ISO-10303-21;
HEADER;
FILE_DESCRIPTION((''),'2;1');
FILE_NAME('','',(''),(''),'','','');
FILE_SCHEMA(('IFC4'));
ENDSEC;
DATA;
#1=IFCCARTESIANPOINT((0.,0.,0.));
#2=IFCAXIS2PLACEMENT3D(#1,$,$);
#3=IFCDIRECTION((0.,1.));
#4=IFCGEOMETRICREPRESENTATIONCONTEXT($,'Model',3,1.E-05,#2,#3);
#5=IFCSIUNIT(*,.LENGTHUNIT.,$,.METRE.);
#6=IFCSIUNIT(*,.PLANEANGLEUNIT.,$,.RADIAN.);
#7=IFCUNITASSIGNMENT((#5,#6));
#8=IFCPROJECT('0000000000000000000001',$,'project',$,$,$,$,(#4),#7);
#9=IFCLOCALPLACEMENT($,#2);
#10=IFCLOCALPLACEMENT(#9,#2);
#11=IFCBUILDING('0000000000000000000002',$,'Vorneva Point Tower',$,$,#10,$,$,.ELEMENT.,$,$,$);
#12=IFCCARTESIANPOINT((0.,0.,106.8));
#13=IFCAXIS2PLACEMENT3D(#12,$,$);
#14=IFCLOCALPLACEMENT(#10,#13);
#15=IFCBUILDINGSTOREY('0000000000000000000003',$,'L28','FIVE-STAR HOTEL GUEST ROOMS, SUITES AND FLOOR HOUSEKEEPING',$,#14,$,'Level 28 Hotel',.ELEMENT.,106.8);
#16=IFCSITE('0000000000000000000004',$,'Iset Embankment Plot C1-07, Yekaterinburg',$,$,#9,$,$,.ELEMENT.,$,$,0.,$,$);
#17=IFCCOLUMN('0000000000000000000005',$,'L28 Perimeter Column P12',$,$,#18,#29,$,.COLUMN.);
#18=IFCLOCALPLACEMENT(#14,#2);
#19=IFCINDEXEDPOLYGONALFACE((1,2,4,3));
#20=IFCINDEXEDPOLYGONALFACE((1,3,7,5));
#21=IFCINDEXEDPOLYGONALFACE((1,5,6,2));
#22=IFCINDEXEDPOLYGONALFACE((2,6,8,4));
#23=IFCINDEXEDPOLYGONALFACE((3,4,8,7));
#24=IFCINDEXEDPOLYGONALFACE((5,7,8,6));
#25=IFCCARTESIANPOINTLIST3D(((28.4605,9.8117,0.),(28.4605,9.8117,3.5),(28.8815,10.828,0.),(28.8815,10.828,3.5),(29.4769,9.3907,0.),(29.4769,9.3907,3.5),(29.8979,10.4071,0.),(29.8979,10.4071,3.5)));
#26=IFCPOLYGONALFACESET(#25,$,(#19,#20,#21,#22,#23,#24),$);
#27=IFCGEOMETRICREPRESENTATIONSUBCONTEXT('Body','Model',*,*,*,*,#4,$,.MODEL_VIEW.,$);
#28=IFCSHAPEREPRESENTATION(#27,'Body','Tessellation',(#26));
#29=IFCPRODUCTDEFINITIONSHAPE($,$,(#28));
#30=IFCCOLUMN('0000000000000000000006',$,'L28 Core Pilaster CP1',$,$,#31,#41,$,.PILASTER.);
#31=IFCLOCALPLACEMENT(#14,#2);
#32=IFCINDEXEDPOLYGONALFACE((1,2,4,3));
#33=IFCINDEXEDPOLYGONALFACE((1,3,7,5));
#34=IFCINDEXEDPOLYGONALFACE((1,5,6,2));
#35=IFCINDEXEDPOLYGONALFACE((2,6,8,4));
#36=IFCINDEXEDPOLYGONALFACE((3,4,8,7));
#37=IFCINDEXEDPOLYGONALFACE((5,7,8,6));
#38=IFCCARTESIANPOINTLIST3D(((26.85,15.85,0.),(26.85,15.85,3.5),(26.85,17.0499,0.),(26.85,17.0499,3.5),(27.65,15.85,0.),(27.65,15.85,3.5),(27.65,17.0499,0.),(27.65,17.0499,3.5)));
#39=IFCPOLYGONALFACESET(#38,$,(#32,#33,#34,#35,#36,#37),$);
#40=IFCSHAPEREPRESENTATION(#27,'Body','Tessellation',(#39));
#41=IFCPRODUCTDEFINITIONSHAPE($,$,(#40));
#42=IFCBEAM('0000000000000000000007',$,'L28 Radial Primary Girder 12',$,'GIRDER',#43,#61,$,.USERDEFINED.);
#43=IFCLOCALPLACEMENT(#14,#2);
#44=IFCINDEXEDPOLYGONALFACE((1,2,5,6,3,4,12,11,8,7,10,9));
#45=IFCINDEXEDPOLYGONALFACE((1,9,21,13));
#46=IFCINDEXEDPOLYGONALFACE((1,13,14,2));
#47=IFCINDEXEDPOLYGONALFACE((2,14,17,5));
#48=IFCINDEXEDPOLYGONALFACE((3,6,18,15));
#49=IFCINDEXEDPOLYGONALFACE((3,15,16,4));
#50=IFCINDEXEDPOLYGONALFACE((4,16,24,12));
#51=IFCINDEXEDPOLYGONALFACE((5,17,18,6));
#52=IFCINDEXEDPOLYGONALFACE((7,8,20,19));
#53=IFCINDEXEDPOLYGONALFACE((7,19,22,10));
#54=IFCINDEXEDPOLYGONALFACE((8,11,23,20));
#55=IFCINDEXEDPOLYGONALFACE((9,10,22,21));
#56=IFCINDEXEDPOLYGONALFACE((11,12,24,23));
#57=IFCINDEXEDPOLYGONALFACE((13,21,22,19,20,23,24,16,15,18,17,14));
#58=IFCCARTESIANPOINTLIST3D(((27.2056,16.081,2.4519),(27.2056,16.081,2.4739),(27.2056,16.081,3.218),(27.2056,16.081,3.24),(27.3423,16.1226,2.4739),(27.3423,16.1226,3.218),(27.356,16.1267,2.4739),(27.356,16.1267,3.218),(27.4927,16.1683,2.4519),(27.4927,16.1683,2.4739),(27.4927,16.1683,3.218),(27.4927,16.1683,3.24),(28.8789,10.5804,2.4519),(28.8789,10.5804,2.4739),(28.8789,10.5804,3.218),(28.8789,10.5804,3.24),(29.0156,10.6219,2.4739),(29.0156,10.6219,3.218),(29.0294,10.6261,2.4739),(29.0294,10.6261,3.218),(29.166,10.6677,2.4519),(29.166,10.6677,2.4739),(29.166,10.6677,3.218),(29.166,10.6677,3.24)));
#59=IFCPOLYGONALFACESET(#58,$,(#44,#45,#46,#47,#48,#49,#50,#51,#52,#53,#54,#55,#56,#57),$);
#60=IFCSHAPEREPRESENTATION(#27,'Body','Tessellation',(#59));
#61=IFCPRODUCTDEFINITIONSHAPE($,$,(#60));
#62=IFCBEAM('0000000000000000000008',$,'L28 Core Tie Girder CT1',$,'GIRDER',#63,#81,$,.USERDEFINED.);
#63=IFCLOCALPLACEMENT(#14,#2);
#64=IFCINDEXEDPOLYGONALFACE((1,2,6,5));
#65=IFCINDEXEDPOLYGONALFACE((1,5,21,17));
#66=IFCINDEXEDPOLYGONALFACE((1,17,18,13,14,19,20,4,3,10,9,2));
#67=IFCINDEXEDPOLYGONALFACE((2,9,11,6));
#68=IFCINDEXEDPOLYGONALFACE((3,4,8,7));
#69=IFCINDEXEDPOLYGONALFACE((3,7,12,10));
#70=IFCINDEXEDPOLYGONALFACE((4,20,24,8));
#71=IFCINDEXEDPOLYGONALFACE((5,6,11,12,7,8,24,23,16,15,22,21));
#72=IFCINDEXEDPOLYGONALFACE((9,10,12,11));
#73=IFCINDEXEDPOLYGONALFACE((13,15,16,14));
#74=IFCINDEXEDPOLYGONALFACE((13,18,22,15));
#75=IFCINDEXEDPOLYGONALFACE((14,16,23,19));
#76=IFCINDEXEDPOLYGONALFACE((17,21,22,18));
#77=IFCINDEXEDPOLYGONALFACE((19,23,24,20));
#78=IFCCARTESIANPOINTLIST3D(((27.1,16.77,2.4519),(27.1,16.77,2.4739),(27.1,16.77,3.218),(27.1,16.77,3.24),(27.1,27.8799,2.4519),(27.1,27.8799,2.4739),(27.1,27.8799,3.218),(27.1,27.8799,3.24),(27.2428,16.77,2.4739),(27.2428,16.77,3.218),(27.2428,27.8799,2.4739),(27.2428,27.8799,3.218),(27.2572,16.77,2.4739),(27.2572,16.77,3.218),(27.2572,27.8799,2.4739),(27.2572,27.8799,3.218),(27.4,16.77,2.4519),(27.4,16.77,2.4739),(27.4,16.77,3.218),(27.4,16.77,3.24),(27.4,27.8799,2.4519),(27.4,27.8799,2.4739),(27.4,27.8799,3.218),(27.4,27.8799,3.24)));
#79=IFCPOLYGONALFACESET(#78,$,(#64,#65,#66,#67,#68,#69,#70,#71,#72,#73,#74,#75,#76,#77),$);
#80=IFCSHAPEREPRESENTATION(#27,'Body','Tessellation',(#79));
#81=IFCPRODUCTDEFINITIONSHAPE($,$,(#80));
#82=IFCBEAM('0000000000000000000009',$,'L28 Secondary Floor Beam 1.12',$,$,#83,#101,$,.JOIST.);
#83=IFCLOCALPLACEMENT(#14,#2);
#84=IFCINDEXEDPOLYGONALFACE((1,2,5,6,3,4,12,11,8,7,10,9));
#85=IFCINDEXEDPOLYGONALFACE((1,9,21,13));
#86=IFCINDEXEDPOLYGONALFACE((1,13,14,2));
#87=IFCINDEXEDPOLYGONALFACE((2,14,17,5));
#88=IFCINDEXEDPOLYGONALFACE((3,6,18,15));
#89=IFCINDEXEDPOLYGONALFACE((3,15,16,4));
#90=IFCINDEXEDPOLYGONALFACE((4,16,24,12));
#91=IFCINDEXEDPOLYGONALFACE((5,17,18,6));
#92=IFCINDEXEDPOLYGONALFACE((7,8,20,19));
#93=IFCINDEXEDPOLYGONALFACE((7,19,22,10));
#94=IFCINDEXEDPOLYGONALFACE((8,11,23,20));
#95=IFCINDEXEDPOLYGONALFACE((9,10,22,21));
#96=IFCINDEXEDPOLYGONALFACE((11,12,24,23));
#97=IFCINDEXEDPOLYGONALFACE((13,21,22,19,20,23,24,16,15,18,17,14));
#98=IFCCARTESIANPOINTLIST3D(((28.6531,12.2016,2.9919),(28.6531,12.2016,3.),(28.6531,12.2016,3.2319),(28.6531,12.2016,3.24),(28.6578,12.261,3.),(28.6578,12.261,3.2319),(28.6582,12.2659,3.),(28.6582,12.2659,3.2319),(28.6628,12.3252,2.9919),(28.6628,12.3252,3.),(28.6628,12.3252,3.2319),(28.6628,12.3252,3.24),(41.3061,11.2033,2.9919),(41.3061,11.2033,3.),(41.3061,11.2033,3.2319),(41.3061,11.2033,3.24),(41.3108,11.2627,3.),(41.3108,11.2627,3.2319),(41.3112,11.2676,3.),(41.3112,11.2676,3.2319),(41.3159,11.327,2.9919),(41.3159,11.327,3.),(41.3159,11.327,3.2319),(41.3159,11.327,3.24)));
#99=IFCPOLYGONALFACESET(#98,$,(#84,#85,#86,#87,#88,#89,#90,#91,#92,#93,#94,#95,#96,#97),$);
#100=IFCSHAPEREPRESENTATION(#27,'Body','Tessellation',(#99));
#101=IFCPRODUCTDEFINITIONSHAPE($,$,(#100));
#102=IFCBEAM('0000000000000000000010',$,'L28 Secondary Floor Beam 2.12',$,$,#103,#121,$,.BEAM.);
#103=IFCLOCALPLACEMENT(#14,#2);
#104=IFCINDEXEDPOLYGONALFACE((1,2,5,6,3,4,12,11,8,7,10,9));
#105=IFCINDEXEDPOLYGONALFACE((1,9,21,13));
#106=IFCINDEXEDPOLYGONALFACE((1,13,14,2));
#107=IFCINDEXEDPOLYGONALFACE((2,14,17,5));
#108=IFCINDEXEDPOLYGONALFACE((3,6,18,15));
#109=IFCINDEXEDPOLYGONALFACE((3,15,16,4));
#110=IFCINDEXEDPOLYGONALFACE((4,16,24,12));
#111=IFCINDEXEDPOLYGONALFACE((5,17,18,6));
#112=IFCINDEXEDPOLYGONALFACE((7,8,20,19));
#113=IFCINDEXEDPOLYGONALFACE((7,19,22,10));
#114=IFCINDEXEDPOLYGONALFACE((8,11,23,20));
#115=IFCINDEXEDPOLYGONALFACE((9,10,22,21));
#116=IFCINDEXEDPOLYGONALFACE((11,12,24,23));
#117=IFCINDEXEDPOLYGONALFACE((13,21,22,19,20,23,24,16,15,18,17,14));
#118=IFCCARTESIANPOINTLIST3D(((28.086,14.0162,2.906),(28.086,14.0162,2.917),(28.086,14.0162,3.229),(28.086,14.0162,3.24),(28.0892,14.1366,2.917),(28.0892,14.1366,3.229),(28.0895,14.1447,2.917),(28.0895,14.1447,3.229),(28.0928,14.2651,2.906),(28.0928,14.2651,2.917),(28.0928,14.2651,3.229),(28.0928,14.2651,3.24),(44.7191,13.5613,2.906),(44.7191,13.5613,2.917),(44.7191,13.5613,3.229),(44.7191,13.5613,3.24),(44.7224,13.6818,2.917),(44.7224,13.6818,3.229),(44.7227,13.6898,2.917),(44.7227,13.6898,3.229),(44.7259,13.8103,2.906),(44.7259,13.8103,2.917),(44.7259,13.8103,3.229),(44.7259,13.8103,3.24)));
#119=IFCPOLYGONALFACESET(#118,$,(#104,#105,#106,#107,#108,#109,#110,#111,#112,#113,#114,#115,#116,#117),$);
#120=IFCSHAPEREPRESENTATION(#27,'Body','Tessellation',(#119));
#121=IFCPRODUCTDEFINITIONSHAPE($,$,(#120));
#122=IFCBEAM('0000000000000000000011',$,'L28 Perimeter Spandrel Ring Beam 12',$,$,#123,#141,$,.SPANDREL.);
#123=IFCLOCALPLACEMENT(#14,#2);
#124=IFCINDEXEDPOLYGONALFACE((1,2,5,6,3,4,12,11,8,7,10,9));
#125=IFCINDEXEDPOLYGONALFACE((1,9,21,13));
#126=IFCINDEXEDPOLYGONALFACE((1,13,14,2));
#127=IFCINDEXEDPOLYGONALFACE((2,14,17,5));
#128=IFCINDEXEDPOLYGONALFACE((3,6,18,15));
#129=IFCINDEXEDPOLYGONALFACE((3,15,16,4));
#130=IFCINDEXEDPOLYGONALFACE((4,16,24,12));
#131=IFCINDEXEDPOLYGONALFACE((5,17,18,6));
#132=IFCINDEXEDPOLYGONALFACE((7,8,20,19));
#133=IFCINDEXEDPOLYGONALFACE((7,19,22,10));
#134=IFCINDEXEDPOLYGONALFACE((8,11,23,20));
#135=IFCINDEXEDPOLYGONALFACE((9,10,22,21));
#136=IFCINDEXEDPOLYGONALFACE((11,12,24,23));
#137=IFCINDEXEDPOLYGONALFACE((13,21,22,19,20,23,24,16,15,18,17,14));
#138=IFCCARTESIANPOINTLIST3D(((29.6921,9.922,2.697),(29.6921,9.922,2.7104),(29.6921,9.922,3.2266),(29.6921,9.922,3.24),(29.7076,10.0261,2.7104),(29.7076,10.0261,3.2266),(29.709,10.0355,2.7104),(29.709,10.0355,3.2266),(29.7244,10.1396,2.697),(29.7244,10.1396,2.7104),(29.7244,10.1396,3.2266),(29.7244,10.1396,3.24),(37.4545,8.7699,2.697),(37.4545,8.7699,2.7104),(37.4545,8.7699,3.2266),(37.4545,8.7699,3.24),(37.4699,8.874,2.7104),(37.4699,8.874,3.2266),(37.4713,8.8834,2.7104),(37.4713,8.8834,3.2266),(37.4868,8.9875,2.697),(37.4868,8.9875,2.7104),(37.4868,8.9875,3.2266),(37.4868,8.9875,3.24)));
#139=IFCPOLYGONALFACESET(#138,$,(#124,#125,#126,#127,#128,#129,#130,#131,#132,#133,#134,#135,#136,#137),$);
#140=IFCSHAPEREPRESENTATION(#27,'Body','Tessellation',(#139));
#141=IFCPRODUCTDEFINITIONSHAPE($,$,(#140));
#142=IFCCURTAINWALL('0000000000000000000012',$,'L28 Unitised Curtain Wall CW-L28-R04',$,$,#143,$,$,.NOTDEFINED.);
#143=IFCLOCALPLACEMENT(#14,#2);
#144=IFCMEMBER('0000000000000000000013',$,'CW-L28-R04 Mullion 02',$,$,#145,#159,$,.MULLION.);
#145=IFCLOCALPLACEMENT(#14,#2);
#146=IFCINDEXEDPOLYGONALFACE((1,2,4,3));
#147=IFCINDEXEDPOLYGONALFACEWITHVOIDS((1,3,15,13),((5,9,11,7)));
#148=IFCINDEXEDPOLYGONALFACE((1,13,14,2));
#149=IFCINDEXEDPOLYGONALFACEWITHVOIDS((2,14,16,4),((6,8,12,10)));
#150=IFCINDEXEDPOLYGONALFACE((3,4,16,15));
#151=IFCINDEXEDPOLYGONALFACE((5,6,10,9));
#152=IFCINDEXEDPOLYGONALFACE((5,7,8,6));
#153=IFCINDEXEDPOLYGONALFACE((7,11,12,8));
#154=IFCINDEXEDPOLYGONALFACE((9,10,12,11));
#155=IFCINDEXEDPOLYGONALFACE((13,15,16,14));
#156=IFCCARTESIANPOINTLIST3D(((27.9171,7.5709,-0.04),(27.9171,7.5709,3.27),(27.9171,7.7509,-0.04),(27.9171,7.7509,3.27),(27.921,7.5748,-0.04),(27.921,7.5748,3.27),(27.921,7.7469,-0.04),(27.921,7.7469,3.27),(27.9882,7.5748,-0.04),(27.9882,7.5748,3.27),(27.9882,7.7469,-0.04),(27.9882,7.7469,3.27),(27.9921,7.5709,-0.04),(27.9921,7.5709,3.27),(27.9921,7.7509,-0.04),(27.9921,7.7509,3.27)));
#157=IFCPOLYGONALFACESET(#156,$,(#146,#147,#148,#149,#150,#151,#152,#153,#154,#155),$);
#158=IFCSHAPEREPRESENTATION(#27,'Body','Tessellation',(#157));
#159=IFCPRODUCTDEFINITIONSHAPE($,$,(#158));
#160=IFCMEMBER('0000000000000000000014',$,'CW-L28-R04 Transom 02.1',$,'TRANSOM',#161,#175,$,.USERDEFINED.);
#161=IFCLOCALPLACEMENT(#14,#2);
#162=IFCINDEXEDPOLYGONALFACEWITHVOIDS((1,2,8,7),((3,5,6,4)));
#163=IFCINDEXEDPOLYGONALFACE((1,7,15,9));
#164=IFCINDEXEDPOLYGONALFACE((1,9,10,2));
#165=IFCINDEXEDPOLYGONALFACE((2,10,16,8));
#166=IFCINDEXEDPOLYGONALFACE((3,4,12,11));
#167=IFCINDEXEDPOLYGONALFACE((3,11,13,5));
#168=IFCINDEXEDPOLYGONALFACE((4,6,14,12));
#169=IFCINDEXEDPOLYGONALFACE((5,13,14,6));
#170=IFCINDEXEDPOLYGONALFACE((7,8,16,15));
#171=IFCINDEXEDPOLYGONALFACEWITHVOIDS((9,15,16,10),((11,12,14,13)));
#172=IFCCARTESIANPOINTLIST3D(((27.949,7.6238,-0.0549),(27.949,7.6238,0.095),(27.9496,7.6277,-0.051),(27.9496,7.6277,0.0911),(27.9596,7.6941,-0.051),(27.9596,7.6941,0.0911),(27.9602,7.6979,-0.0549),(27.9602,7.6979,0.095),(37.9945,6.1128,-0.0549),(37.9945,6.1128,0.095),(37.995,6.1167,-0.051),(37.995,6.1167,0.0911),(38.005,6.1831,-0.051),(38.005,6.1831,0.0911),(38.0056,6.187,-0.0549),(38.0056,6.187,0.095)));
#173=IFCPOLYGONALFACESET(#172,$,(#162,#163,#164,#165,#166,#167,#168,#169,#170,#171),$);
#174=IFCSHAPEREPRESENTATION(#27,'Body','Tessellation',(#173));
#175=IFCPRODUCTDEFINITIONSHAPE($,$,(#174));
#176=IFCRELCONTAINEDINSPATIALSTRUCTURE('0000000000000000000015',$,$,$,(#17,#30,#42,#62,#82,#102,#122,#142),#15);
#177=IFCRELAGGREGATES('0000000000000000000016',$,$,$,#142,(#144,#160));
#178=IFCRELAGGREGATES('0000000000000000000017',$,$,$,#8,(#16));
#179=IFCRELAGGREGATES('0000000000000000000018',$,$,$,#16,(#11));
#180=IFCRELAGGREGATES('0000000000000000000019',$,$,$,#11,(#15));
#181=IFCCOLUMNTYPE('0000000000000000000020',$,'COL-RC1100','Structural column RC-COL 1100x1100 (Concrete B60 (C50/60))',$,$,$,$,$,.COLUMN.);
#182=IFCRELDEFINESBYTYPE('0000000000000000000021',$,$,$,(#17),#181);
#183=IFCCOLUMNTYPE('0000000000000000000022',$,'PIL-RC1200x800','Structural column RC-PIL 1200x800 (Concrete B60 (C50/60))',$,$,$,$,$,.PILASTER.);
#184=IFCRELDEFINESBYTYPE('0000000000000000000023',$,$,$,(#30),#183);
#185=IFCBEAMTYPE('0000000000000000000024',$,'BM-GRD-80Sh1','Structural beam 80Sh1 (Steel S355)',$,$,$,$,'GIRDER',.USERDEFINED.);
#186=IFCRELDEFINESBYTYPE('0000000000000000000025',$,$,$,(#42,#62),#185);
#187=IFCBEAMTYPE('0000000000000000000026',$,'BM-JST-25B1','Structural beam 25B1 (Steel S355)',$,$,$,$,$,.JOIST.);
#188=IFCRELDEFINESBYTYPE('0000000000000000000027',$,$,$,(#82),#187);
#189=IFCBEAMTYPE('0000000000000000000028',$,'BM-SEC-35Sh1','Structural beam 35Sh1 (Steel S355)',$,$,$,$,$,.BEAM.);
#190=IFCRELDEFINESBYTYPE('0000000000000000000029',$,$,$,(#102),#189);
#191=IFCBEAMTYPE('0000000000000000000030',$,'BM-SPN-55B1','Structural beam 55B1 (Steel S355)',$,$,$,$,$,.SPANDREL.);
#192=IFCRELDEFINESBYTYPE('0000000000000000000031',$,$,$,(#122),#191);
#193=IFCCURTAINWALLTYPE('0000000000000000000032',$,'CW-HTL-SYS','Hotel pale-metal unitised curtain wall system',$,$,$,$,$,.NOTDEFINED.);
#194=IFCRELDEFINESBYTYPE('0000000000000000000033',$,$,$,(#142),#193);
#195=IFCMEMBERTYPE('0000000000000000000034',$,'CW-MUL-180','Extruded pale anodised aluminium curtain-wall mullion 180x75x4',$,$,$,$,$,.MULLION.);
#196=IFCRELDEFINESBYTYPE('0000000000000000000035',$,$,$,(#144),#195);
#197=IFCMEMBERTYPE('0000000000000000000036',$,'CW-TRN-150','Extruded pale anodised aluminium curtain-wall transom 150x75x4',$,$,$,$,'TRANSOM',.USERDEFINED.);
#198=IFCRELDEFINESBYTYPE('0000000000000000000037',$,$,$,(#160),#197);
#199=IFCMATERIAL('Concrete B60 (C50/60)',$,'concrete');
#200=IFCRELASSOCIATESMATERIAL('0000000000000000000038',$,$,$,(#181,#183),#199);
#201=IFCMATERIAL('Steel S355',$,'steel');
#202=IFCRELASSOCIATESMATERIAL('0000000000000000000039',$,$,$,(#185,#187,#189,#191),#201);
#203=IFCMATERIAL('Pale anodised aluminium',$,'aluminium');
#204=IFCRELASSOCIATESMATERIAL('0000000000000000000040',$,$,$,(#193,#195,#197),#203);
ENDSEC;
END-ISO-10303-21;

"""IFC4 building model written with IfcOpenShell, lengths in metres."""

from ifc_helpers import new_model, si_unit, direction, frame, origin, origin_2d, place, context, subcontext, project, spatial, rectangle, hollow_rectangle, i_section, extrude, material, material_profile, profile_set, type_object, element, aggregate, save


model = new_model("IFC4")

# Units and contexts
model_context = context("Model", 3, precision=1e-05, world=origin(), true_north=direction((0.0, 1.0)))
body_context = subcontext(model_context, "Body", "Model", "MODEL_VIEW")
ifc_project = project(units=[si_unit("LENGTHUNIT", "METRE"), si_unit("PLANEANGLEUNIT", "RADIAN")], contexts=[model_context])

# Site, building, storey
site_placement = place(None, origin())
site = spatial("IfcSite", under=ifc_project, at=site_placement, Name="Iset Embankment Plot C1-07, Yekaterinburg", CompositionType="ELEMENT", RefElevation=0.0)
building_placement = place(site_placement, origin())
building = spatial("IfcBuilding", under=site, at=building_placement, Name="Vorneva Point Tower", CompositionType="ELEMENT")
storey_placement = place(building_placement, frame((0.0, 0.0, 106.8)))
storey = spatial("IfcBuildingStorey", under=building, at=storey_placement, Name="L28", Description="FIVE-STAR HOTEL GUEST ROOMS, SUITES AND FLOOR HOUSEKEEPING", LongName="Level 28 Hotel", CompositionType="ELEMENT", Elevation=106.8)

# Columns
ifc_material_1 = material(Name="Concrete B60 (C50/60)", Category="concrete")
ifc_material_profile_1 = material_profile(ifc_material_1, rectangle(XDim=1.1001, YDim=1.1001, at=origin_2d()), Name="RC-COL 1100x1100")
ifc_profile_set_1 = profile_set([ifc_material_profile_1], Name="Concrete B60 (C50/60)")
column_type_1 = type_object("IfcColumnType", Name="COL-RC1100", Description="Structural column RC-COL 1100x1100 (Concrete B60 (C50/60))", PredefinedType="COLUMN", material=ifc_profile_set_1)
column_1_placement = place(storey_placement, frame((29.1792, 10.1094, 0.0), z_axis=(0.0, 0.0, 1.0), x_axis=(-0.382683, -0.92388, 0.0)))
element("IfcColumn", 1, at=column_1_placement, inside=storey, type_object=column_type_1, Name="L28 Perimeter Column P12", PredefinedType="COLUMN", context=body_context, shape_type="SweptSolid", body=[
    extrude(rectangle(XDim=1.1001, YDim=1.1001, at=origin_2d()), origin(), (0.0, 0.0, 1.0), 3.5),
])
ifc_material_profile_2 = material_profile(ifc_material_1, rectangle(XDim=0.8, YDim=1.2, at=origin_2d()), Name="RC-PIL 1200x800")
ifc_profile_set_2 = profile_set([ifc_material_profile_2], Name="Concrete B60 (C50/60)")
column_type_2 = type_object("IfcColumnType", Name="PIL-RC1200x800", Description="Structural column RC-PIL 1200x800 (Concrete B60 (C50/60))", PredefinedType="PILASTER", material=ifc_profile_set_2)
column_2_placement = place(storey_placement, frame((27.25, 16.45, 0.0), z_axis=(0.0, 0.0, 1.0), x_axis=(1.0, 0.0, 0.0)))
element("IfcColumn", 2, at=column_2_placement, inside=storey, type_object=column_type_2, Name="L28 Core Pilaster CP1", PredefinedType="PILASTER", context=body_context, shape_type="SweptSolid", body=[
    extrude(rectangle(XDim=0.8, YDim=1.2, at=origin_2d()), origin(), (0.0, 0.0, 1.0), 3.5),
])

# Beams
ifc_material_2 = material(Name="Steel S355", Category="steel")
ifc_material_profile_3 = material_profile(ifc_material_2, i_section(OverallWidth=0.3, OverallDepth=0.7881, WebThickness=0.0144, FlangeThickness=0.022, at=origin_2d()), Name="80Sh1")
ifc_profile_set_3 = profile_set([ifc_material_profile_3], Name="Steel S355")
beam_type_1 = type_object("IfcBeamType", Name="BM-GRD-80Sh1", Description="Structural beam 80Sh1 (Steel S355)", ElementType="GIRDER", PredefinedType="USERDEFINED", material=ifc_profile_set_3)
beam_1_placement = place(storey_placement, frame((29.0225, 10.624, 2.8459), z_axis=(-0.291035, 0.956712, 0.0), x_axis=(-0.956712, -0.291035, 0.0)))
element("IfcBeam", 3, at=beam_1_placement, inside=storey, type_object=beam_type_1, Name="L28 Radial Primary Girder 12", ObjectType="GIRDER", PredefinedType="USERDEFINED", context=body_context, shape_type="SweptSolid", body=[
    extrude(i_section(OverallWidth=0.3, OverallDepth=0.7881, WebThickness=0.0144, FlangeThickness=0.022, at=origin_2d()), origin(), (0.0, 0.0, 1.0), 5.7495),
])
beam_2_placement = place(storey_placement, frame((27.25, 16.77, 2.8459), z_axis=(0.0, 1.0, 0.0), x_axis=(-1.0, 0.0, 0.0)))
element("IfcBeam", 4, at=beam_2_placement, inside=storey, type_object=beam_type_1, Name="L28 Core Tie Girder CT1", ObjectType="GIRDER", PredefinedType="USERDEFINED", context=body_context, shape_type="SweptSolid", body=[
    extrude(i_section(OverallWidth=0.3, OverallDepth=0.7881, WebThickness=0.0144, FlangeThickness=0.022, at=origin_2d()), origin(), (0.0, 0.0, 1.0), 11.1099),
])
ifc_material_profile_4 = material_profile(ifc_material_2, i_section(OverallWidth=0.124, OverallDepth=0.248, WebThickness=0.0049, FlangeThickness=0.0081, at=origin_2d()), Name="25B1")
ifc_profile_set_4 = profile_set([ifc_material_profile_4], Name="Steel S355")
beam_type_2 = type_object("IfcBeamType", Name="BM-JST-25B1", Description="Structural beam 25B1 (Steel S355)", PredefinedType="JOIST", material=ifc_profile_set_4)
beam_3_placement = place(storey_placement, frame((28.658, 12.2634, 3.116), z_axis=(0.996902, -0.078653, 0.0), x_axis=(0.078653, 0.996902, 0.0)))
element("IfcBeam", 5, at=beam_3_placement, inside=storey, type_object=beam_type_2, Name="L28 Secondary Floor Beam 1.12", PredefinedType="JOIST", context=body_context, shape_type="SweptSolid", body=[
    extrude(i_section(OverallWidth=0.124, OverallDepth=0.248, WebThickness=0.0049, FlangeThickness=0.0081, at=origin_2d()), origin(), (0.0, 0.0, 1.0), 12.6924),
])
ifc_material_profile_5 = material_profile(ifc_material_2, i_section(OverallWidth=0.249, OverallDepth=0.334, WebThickness=0.0081, FlangeThickness=0.011, at=origin_2d()), Name="35Sh1")
ifc_profile_set_5 = profile_set([ifc_material_profile_5], Name="Steel S355")
beam_type_3 = type_object("IfcBeamType", Name="BM-SEC-35Sh1", Description="Structural beam 35Sh1 (Steel S355)", PredefinedType="BEAM", material=ifc_profile_set_5)
beam_4_placement = place(storey_placement, frame((28.0894, 14.1406, 3.073), z_axis=(0.999626, -0.027335, 0.0), x_axis=(0.027335, 0.999626, 0.0)))
element("IfcBeam", 6, at=beam_4_placement, inside=storey, type_object=beam_type_3, Name="L28 Secondary Floor Beam 2.12", PredefinedType="BEAM", context=body_context, shape_type="SweptSolid", body=[
    extrude(i_section(OverallWidth=0.249, OverallDepth=0.334, WebThickness=0.0081, FlangeThickness=0.011, at=origin_2d()), origin(), (0.0, 0.0, 1.0), 16.6394),
])
ifc_material_profile_6 = material_profile(ifc_material_2, i_section(OverallWidth=0.22, OverallDepth=0.543, WebThickness=0.0095, FlangeThickness=0.0134, at=origin_2d()), Name="55B1")
ifc_profile_set_6 = profile_set([ifc_material_profile_6], Name="Steel S355")
beam_type_4 = type_object("IfcBeamType", Name="BM-SPN-55B1", Description="Structural beam 55B1 (Steel S355)", PredefinedType="SPANDREL", material=ifc_profile_set_6)
beam_5_placement = place(storey_placement, frame((29.7083, 10.0308, 2.9685), z_axis=(0.989165, -0.146811, 0.0), x_axis=(0.146811, 0.989165, 0.0)))
element("IfcBeam", 7, at=beam_5_placement, inside=storey, type_object=beam_type_4, Name="L28 Perimeter Spandrel Ring Beam 12", PredefinedType="SPANDREL", context=body_context, shape_type="SweptSolid", body=[
    extrude(i_section(OverallWidth=0.22, OverallDepth=0.543, WebThickness=0.0095, FlangeThickness=0.0134, at=origin_2d()), origin(), (0.0, 0.0, 1.0), 7.8474),
])

# Curtain wall, members
ifc_material_3 = material(Name="Pale anodised aluminium", Category="aluminium")
curtain_wall_type = type_object("IfcCurtainWallType", Name="CW-HTL-SYS", Description="Hotel pale-metal unitised curtain wall system", PredefinedType="NOTDEFINED", material=ifc_material_3)
curtain_wall_placement = place(storey_placement, origin())
curtain_wall = element("IfcCurtainWall", 8, at=curtain_wall_placement, inside=storey, type_object=curtain_wall_type, Name="L28 Unitised Curtain Wall CW-L28-R04", PredefinedType="NOTDEFINED")
ifc_material_profile_7 = material_profile(ifc_material_3, hollow_rectangle(XDim=0.075, YDim=0.1799, WallThickness=0.0039, at=origin_2d()), Name="AL-MUL 180x75x4")
ifc_profile_set_7 = profile_set([ifc_material_profile_7], Name="Pale anodised aluminium")
member_type_1 = type_object("IfcMemberType", Name="CW-MUL-180", Description="Extruded pale anodised aluminium curtain-wall mullion 180x75x4", PredefinedType="MULLION", material=ifc_profile_set_7)
member_1_placement = place(storey_placement, frame((27.9546, 7.6609, -0.04), z_axis=(0.0, 0.0, 1.0), x_axis=(1.0, 0.0, 0.0)))
member_1 = element("IfcMember", 9, at=member_1_placement, type_object=member_type_1, Name="CW-L28-R04 Mullion 02", PredefinedType="MULLION", context=body_context, shape_type="SweptSolid", body=[
    extrude(hollow_rectangle(XDim=0.075, YDim=0.1799, WallThickness=0.0039, at=origin_2d()), origin(), (0.0, 0.0, 1.0), 3.3101),
])
ifc_material_profile_8 = material_profile(ifc_material_3, hollow_rectangle(XDim=0.075, YDim=0.1499, WallThickness=0.0039, at=origin_2d()), Name="AL-TRN 150x75x4")
ifc_profile_set_8 = profile_set([ifc_material_profile_8], Name="Pale anodised aluminium")
member_type_2 = type_object("IfcMemberType", Name="CW-TRN-150", Description="Extruded pale anodised aluminium curtain-wall transom 150x75x4", ElementType="TRANSOM", PredefinedType="USERDEFINED", material=ifc_profile_set_8)
member_2_placement = place(storey_placement, frame((27.9546, 7.6609, 0.02), z_axis=(0.988876, -0.148742, 0.0), x_axis=(0.148742, 0.988876, 0.0)))
member_2 = element("IfcMember", 10, at=member_2_placement, type_object=member_type_2, Name="CW-L28-R04 Transom 02.1", ObjectType="TRANSOM", PredefinedType="USERDEFINED", context=body_context, shape_type="SweptSolid", body=[
    extrude(hollow_rectangle(XDim=0.075, YDim=0.1499, WallThickness=0.0039, at=origin_2d()), origin(), (0.0, 0.0, 1.0), 10.1584),
])
aggregate(curtain_wall, [member_1, member_2])

save(model, "model.ifc")
